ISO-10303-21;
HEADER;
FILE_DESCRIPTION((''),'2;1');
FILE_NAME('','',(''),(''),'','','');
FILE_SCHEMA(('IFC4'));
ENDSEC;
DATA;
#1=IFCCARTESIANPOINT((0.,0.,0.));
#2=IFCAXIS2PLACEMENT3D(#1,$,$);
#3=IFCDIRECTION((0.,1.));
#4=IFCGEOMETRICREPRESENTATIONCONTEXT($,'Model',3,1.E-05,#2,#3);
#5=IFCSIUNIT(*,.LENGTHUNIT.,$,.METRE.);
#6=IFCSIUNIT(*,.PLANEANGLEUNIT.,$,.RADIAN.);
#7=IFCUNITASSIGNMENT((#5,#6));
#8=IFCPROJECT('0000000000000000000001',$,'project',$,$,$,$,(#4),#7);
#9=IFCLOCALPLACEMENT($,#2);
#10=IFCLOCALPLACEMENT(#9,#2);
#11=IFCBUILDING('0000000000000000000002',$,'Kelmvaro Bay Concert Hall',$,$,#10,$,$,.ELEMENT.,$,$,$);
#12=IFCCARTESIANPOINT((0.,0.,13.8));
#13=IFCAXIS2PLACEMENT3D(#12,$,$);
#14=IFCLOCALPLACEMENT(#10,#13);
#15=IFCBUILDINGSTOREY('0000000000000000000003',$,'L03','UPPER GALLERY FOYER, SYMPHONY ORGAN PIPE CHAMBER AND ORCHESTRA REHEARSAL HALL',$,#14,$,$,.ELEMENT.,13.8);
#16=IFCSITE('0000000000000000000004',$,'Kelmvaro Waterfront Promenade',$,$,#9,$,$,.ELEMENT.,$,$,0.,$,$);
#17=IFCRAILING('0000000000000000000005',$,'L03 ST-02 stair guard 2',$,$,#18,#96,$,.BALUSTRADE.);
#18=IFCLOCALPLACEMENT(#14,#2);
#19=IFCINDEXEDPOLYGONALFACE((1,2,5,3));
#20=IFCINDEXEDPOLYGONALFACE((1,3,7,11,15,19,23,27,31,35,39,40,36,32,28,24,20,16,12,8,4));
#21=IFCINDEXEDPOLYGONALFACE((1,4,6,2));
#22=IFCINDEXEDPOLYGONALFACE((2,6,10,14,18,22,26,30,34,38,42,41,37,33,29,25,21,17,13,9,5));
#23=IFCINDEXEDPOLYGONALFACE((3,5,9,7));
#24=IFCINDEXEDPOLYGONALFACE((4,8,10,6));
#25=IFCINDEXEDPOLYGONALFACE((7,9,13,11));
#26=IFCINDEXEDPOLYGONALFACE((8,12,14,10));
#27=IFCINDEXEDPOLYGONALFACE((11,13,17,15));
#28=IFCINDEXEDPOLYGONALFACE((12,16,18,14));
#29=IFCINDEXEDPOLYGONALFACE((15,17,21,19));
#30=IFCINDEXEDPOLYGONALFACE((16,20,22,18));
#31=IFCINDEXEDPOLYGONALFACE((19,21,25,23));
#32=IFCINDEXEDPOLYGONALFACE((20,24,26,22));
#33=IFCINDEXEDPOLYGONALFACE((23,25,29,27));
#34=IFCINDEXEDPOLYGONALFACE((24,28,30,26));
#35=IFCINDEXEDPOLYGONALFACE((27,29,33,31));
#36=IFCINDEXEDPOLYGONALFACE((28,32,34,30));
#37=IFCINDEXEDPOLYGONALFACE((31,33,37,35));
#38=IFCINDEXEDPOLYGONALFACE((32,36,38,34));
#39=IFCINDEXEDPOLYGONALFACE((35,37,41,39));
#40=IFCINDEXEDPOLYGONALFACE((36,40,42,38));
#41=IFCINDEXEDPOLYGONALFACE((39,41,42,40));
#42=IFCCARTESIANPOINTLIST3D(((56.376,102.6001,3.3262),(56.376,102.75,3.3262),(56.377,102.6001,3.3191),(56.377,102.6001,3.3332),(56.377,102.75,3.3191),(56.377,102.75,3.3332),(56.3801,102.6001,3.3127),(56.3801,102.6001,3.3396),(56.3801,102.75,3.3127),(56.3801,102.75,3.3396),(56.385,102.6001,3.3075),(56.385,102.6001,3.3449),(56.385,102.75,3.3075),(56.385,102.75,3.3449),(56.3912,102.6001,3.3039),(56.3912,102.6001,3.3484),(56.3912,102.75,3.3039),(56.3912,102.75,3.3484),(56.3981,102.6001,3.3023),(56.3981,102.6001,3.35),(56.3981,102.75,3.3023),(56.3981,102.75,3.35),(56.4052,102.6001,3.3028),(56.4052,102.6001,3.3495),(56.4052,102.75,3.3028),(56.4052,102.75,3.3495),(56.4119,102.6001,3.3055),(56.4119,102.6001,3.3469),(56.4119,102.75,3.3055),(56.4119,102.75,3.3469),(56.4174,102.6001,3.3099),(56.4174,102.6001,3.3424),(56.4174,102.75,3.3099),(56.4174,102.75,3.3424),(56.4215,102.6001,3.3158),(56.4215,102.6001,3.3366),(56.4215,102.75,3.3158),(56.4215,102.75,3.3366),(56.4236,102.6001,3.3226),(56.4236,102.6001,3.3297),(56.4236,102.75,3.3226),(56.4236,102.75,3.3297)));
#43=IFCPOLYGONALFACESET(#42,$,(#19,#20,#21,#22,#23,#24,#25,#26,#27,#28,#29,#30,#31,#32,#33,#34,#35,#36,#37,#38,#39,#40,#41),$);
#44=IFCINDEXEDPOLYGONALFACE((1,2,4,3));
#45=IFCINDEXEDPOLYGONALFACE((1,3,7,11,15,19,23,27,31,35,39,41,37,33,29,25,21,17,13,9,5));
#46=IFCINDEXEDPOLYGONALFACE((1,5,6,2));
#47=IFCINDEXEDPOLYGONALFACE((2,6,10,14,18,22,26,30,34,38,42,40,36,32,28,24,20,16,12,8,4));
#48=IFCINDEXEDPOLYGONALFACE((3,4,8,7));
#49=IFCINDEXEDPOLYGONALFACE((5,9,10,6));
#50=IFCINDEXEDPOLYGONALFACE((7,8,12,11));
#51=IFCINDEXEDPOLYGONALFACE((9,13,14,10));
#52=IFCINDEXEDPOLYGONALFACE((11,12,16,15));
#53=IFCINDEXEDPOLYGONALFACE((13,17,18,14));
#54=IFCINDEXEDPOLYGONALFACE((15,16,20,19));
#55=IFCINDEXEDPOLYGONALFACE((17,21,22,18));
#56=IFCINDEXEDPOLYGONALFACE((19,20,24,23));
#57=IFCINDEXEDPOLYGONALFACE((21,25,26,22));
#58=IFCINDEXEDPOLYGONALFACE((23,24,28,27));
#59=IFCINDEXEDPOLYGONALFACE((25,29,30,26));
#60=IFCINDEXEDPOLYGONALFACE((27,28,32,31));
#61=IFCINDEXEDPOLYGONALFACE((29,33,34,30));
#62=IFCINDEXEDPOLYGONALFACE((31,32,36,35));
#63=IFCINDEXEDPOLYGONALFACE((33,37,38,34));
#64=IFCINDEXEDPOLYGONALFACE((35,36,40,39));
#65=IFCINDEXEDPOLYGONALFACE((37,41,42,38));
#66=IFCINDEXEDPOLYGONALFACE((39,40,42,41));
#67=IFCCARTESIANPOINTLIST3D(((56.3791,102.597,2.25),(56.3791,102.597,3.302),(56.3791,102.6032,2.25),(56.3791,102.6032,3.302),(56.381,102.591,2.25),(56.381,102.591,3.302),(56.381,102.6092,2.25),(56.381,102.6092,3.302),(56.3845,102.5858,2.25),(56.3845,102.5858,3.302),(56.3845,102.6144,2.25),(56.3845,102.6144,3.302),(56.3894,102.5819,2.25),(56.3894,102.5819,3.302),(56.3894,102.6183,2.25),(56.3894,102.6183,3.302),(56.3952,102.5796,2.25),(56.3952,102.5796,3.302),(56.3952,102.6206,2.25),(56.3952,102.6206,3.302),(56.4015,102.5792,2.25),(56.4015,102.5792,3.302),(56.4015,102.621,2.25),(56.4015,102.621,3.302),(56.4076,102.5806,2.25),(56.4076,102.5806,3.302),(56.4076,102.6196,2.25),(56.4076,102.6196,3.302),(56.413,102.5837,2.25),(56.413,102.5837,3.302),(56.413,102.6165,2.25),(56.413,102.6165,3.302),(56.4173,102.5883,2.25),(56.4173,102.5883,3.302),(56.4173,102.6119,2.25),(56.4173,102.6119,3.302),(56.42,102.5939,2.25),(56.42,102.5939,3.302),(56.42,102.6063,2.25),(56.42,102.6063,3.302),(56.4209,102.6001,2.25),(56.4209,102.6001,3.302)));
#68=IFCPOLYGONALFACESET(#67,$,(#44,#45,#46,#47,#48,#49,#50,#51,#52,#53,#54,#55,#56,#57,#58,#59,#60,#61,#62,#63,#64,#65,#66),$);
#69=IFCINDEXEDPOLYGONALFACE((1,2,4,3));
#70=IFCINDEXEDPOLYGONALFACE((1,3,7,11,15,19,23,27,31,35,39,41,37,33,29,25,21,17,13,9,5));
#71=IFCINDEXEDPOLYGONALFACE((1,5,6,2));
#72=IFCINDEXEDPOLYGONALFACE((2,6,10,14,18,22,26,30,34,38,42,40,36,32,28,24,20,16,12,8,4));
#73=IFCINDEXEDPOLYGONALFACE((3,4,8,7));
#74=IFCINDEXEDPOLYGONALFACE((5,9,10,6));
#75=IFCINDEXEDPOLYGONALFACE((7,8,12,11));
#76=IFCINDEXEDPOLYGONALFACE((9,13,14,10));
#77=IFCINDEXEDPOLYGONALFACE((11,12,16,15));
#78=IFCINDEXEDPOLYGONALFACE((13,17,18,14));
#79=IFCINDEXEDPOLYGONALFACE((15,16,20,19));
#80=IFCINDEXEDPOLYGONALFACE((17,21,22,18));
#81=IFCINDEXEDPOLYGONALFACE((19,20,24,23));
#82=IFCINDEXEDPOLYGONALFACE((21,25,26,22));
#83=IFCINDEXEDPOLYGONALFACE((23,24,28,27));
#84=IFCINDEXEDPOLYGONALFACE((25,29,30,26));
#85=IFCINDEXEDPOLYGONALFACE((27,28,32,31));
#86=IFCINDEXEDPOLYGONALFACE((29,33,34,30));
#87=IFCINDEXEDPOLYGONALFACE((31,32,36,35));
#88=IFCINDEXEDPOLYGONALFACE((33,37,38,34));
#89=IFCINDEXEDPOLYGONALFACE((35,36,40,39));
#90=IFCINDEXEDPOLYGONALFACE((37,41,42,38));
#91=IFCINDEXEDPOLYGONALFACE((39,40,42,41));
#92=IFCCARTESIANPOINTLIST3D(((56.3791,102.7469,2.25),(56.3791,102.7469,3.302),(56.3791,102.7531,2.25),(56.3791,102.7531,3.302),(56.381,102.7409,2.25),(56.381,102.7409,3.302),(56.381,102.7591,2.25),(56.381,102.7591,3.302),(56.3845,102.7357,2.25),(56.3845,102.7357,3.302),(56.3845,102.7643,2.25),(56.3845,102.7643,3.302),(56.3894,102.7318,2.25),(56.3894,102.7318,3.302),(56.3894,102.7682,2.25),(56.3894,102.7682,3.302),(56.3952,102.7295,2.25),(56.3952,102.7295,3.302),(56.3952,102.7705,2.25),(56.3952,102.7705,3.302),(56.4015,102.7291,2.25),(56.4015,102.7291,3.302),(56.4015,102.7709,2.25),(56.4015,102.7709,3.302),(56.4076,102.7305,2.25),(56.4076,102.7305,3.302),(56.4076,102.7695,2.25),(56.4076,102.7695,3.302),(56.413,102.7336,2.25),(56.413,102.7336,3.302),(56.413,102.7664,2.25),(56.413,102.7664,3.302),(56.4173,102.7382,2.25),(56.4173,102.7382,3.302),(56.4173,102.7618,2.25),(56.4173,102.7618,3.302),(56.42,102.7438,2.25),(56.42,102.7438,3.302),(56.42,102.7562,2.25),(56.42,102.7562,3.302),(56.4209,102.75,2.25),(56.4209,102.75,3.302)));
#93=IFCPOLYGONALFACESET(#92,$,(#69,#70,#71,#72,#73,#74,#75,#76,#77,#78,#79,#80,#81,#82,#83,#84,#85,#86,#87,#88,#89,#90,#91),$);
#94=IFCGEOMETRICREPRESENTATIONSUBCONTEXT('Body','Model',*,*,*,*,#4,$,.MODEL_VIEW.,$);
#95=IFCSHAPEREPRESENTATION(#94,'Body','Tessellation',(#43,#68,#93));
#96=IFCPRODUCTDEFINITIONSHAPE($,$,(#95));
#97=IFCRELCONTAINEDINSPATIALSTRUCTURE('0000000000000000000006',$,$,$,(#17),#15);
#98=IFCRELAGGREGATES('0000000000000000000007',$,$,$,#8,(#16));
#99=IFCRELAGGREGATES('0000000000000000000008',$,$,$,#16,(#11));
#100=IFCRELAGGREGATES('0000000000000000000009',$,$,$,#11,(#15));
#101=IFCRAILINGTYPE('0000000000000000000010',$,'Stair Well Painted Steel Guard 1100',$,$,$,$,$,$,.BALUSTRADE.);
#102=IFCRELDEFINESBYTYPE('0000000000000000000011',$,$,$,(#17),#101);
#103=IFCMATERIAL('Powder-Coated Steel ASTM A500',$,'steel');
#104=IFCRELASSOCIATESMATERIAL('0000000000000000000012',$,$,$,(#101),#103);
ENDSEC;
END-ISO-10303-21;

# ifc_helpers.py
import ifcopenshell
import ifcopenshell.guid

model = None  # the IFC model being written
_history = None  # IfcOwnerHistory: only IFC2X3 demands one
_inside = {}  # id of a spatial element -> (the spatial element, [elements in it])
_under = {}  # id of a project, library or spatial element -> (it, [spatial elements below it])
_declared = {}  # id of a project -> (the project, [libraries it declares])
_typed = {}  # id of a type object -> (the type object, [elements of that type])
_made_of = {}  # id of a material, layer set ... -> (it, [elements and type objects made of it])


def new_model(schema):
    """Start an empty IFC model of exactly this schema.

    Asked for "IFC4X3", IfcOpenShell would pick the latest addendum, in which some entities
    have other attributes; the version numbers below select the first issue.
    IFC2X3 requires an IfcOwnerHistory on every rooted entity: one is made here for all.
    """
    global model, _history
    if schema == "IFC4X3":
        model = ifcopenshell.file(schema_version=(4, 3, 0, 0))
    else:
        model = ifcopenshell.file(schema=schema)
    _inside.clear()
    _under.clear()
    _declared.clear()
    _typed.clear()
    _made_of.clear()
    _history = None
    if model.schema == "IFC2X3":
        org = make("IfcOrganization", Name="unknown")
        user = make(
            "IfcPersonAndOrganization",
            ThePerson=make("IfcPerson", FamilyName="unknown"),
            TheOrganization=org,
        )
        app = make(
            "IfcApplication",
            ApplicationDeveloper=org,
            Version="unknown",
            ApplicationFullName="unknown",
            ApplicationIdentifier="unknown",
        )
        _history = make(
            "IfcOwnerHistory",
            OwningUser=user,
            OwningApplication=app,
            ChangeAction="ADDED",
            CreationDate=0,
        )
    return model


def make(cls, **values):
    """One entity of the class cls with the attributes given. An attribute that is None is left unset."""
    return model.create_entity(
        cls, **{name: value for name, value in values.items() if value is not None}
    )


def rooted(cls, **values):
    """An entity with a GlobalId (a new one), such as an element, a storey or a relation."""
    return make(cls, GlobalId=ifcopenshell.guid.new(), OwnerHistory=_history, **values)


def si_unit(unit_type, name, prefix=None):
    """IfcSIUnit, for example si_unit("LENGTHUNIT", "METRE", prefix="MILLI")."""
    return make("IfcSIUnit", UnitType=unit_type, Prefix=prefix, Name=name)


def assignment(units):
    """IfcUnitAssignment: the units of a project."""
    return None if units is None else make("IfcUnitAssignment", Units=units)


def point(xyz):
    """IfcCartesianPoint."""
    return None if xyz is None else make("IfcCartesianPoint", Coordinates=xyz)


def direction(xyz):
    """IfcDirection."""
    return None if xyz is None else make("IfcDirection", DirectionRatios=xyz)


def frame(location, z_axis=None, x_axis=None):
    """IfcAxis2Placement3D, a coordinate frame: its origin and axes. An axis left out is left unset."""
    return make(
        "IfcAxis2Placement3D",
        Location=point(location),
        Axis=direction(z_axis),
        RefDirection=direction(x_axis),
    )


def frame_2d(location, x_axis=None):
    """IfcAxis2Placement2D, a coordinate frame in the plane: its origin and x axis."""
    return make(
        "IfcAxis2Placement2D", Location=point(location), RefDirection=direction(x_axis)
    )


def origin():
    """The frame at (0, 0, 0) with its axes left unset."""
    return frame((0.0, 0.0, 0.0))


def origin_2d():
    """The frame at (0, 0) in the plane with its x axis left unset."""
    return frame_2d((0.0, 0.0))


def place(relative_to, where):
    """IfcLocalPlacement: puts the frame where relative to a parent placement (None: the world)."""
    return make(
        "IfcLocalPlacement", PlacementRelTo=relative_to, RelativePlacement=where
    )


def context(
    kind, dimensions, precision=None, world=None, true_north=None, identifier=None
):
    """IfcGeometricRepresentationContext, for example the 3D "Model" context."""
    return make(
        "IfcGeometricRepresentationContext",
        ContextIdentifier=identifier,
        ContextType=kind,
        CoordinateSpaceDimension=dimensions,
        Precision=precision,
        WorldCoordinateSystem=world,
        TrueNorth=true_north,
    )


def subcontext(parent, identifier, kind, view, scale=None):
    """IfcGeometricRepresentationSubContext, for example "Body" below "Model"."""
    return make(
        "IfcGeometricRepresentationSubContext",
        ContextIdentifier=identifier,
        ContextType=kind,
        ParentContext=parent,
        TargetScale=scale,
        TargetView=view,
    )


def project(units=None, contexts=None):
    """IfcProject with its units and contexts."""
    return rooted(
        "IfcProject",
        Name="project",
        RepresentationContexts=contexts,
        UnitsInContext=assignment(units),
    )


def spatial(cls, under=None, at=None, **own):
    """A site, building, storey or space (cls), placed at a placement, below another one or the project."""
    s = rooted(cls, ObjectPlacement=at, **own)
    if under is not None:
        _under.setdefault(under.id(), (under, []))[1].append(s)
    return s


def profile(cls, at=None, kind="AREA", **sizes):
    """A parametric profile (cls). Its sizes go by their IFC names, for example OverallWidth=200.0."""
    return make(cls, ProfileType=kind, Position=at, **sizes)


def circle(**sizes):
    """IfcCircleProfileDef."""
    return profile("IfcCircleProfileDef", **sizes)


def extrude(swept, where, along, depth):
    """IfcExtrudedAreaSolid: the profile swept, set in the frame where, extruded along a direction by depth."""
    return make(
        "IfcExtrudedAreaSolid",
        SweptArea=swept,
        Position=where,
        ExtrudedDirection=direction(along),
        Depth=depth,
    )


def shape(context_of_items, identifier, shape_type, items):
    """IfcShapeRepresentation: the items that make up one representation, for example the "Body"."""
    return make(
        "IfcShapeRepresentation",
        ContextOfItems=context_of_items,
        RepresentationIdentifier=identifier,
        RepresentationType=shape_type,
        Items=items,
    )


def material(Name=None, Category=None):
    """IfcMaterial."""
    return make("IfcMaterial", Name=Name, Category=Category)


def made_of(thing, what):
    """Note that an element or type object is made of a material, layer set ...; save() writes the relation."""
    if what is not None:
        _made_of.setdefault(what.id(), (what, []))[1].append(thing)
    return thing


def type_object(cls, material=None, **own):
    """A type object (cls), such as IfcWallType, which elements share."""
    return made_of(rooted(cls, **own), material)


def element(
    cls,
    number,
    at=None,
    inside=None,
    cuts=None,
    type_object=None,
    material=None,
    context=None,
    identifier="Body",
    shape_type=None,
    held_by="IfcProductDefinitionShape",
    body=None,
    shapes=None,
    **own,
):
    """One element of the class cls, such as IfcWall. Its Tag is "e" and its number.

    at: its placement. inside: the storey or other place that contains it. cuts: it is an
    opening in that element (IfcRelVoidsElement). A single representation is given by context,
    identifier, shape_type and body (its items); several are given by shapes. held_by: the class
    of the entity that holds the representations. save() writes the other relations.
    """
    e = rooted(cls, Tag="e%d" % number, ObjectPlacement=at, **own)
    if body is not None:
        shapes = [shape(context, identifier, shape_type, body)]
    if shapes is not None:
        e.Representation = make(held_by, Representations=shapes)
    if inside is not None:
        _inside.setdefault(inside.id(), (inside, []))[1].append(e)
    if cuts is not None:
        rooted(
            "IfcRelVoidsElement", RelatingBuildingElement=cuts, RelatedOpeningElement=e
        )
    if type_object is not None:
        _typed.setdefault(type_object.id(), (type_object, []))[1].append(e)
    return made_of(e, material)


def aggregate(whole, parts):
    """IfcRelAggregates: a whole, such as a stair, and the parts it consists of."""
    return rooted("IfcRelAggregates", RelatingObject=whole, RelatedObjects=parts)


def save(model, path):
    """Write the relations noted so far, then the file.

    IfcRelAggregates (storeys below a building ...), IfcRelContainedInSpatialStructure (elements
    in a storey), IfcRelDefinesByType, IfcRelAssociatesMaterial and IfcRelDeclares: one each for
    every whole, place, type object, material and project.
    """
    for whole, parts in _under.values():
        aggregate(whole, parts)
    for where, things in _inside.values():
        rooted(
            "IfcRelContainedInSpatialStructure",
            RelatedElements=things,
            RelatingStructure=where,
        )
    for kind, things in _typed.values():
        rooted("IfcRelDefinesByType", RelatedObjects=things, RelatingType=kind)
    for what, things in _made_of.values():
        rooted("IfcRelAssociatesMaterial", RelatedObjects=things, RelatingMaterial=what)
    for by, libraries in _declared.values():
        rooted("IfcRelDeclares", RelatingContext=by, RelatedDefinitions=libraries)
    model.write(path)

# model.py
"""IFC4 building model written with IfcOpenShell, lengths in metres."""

from ifc_helpers import new_model, si_unit, direction, frame, origin, origin_2d, place, context, subcontext, project, spatial, circle, extrude, material, type_object, element, save


model = new_model("IFC4")

# Units and contexts
model_context = context("Model", 3, precision=1e-05, world=origin(), true_north=direction((0.0, 1.0)))
body_context = subcontext(model_context, "Body", "Model", "MODEL_VIEW")
ifc_project = project(units=[si_unit("LENGTHUNIT", "METRE"), si_unit("PLANEANGLEUNIT", "RADIAN")], contexts=[model_context])

# Site, building, storey
site_placement = place(None, origin())
site = spatial("IfcSite", under=ifc_project, at=site_placement, Name="Kelmvaro Waterfront Promenade", CompositionType="ELEMENT", RefElevation=0.0)
building_placement = place(site_placement, origin())
building = spatial("IfcBuilding", under=site, at=building_placement, Name="Kelmvaro Bay Concert Hall", CompositionType="ELEMENT")
storey_placement = place(building_placement, frame((0.0, 0.0, 13.8)))
storey = spatial("IfcBuildingStorey", under=building, at=storey_placement, Name="L03", Description="UPPER GALLERY FOYER, SYMPHONY ORGAN PIPE CHAMBER AND ORCHESTRA REHEARSAL HALL", CompositionType="ELEMENT", Elevation=13.8)

# Railing
ifc_material_1 = material(Name="Powder-Coated Steel ASTM A500", Category="steel")
railing_type_1 = type_object("IfcRailingType", Name="Stair Well Painted Steel Guard 1100", PredefinedType="BALUSTRADE", material=ifc_material_1)
railing_1_placement = place(storey_placement, frame((56.3999, 102.6001, 2.25)))
element("IfcRailing", 1, at=railing_1_placement, inside=storey, type_object=railing_type_1, Name="L03 ST-02 stair guard 2", PredefinedType="BALUSTRADE", context=body_context, shape_type="SweptSolid", body=[
    extrude(circle(Radius=0.0239, at=origin_2d()), frame((0.0, 0.0, 1.0762), z_axis=(0.0, 1.0, 0.0), x_axis=(-1.0, 0.0, 0.0)), (0.0, 0.0, 1.0), 0.1499),
    extrude(circle(Radius=0.021, at=origin_2d()), origin(), (0.0, 0.0, 1.0), 1.052),
    extrude(circle(Radius=0.021, at=origin_2d()), frame((0.0, 0.1499, 0.0)), (0.0, 0.0, 1.0), 1.052),
])

save(model, "model.ifc")
